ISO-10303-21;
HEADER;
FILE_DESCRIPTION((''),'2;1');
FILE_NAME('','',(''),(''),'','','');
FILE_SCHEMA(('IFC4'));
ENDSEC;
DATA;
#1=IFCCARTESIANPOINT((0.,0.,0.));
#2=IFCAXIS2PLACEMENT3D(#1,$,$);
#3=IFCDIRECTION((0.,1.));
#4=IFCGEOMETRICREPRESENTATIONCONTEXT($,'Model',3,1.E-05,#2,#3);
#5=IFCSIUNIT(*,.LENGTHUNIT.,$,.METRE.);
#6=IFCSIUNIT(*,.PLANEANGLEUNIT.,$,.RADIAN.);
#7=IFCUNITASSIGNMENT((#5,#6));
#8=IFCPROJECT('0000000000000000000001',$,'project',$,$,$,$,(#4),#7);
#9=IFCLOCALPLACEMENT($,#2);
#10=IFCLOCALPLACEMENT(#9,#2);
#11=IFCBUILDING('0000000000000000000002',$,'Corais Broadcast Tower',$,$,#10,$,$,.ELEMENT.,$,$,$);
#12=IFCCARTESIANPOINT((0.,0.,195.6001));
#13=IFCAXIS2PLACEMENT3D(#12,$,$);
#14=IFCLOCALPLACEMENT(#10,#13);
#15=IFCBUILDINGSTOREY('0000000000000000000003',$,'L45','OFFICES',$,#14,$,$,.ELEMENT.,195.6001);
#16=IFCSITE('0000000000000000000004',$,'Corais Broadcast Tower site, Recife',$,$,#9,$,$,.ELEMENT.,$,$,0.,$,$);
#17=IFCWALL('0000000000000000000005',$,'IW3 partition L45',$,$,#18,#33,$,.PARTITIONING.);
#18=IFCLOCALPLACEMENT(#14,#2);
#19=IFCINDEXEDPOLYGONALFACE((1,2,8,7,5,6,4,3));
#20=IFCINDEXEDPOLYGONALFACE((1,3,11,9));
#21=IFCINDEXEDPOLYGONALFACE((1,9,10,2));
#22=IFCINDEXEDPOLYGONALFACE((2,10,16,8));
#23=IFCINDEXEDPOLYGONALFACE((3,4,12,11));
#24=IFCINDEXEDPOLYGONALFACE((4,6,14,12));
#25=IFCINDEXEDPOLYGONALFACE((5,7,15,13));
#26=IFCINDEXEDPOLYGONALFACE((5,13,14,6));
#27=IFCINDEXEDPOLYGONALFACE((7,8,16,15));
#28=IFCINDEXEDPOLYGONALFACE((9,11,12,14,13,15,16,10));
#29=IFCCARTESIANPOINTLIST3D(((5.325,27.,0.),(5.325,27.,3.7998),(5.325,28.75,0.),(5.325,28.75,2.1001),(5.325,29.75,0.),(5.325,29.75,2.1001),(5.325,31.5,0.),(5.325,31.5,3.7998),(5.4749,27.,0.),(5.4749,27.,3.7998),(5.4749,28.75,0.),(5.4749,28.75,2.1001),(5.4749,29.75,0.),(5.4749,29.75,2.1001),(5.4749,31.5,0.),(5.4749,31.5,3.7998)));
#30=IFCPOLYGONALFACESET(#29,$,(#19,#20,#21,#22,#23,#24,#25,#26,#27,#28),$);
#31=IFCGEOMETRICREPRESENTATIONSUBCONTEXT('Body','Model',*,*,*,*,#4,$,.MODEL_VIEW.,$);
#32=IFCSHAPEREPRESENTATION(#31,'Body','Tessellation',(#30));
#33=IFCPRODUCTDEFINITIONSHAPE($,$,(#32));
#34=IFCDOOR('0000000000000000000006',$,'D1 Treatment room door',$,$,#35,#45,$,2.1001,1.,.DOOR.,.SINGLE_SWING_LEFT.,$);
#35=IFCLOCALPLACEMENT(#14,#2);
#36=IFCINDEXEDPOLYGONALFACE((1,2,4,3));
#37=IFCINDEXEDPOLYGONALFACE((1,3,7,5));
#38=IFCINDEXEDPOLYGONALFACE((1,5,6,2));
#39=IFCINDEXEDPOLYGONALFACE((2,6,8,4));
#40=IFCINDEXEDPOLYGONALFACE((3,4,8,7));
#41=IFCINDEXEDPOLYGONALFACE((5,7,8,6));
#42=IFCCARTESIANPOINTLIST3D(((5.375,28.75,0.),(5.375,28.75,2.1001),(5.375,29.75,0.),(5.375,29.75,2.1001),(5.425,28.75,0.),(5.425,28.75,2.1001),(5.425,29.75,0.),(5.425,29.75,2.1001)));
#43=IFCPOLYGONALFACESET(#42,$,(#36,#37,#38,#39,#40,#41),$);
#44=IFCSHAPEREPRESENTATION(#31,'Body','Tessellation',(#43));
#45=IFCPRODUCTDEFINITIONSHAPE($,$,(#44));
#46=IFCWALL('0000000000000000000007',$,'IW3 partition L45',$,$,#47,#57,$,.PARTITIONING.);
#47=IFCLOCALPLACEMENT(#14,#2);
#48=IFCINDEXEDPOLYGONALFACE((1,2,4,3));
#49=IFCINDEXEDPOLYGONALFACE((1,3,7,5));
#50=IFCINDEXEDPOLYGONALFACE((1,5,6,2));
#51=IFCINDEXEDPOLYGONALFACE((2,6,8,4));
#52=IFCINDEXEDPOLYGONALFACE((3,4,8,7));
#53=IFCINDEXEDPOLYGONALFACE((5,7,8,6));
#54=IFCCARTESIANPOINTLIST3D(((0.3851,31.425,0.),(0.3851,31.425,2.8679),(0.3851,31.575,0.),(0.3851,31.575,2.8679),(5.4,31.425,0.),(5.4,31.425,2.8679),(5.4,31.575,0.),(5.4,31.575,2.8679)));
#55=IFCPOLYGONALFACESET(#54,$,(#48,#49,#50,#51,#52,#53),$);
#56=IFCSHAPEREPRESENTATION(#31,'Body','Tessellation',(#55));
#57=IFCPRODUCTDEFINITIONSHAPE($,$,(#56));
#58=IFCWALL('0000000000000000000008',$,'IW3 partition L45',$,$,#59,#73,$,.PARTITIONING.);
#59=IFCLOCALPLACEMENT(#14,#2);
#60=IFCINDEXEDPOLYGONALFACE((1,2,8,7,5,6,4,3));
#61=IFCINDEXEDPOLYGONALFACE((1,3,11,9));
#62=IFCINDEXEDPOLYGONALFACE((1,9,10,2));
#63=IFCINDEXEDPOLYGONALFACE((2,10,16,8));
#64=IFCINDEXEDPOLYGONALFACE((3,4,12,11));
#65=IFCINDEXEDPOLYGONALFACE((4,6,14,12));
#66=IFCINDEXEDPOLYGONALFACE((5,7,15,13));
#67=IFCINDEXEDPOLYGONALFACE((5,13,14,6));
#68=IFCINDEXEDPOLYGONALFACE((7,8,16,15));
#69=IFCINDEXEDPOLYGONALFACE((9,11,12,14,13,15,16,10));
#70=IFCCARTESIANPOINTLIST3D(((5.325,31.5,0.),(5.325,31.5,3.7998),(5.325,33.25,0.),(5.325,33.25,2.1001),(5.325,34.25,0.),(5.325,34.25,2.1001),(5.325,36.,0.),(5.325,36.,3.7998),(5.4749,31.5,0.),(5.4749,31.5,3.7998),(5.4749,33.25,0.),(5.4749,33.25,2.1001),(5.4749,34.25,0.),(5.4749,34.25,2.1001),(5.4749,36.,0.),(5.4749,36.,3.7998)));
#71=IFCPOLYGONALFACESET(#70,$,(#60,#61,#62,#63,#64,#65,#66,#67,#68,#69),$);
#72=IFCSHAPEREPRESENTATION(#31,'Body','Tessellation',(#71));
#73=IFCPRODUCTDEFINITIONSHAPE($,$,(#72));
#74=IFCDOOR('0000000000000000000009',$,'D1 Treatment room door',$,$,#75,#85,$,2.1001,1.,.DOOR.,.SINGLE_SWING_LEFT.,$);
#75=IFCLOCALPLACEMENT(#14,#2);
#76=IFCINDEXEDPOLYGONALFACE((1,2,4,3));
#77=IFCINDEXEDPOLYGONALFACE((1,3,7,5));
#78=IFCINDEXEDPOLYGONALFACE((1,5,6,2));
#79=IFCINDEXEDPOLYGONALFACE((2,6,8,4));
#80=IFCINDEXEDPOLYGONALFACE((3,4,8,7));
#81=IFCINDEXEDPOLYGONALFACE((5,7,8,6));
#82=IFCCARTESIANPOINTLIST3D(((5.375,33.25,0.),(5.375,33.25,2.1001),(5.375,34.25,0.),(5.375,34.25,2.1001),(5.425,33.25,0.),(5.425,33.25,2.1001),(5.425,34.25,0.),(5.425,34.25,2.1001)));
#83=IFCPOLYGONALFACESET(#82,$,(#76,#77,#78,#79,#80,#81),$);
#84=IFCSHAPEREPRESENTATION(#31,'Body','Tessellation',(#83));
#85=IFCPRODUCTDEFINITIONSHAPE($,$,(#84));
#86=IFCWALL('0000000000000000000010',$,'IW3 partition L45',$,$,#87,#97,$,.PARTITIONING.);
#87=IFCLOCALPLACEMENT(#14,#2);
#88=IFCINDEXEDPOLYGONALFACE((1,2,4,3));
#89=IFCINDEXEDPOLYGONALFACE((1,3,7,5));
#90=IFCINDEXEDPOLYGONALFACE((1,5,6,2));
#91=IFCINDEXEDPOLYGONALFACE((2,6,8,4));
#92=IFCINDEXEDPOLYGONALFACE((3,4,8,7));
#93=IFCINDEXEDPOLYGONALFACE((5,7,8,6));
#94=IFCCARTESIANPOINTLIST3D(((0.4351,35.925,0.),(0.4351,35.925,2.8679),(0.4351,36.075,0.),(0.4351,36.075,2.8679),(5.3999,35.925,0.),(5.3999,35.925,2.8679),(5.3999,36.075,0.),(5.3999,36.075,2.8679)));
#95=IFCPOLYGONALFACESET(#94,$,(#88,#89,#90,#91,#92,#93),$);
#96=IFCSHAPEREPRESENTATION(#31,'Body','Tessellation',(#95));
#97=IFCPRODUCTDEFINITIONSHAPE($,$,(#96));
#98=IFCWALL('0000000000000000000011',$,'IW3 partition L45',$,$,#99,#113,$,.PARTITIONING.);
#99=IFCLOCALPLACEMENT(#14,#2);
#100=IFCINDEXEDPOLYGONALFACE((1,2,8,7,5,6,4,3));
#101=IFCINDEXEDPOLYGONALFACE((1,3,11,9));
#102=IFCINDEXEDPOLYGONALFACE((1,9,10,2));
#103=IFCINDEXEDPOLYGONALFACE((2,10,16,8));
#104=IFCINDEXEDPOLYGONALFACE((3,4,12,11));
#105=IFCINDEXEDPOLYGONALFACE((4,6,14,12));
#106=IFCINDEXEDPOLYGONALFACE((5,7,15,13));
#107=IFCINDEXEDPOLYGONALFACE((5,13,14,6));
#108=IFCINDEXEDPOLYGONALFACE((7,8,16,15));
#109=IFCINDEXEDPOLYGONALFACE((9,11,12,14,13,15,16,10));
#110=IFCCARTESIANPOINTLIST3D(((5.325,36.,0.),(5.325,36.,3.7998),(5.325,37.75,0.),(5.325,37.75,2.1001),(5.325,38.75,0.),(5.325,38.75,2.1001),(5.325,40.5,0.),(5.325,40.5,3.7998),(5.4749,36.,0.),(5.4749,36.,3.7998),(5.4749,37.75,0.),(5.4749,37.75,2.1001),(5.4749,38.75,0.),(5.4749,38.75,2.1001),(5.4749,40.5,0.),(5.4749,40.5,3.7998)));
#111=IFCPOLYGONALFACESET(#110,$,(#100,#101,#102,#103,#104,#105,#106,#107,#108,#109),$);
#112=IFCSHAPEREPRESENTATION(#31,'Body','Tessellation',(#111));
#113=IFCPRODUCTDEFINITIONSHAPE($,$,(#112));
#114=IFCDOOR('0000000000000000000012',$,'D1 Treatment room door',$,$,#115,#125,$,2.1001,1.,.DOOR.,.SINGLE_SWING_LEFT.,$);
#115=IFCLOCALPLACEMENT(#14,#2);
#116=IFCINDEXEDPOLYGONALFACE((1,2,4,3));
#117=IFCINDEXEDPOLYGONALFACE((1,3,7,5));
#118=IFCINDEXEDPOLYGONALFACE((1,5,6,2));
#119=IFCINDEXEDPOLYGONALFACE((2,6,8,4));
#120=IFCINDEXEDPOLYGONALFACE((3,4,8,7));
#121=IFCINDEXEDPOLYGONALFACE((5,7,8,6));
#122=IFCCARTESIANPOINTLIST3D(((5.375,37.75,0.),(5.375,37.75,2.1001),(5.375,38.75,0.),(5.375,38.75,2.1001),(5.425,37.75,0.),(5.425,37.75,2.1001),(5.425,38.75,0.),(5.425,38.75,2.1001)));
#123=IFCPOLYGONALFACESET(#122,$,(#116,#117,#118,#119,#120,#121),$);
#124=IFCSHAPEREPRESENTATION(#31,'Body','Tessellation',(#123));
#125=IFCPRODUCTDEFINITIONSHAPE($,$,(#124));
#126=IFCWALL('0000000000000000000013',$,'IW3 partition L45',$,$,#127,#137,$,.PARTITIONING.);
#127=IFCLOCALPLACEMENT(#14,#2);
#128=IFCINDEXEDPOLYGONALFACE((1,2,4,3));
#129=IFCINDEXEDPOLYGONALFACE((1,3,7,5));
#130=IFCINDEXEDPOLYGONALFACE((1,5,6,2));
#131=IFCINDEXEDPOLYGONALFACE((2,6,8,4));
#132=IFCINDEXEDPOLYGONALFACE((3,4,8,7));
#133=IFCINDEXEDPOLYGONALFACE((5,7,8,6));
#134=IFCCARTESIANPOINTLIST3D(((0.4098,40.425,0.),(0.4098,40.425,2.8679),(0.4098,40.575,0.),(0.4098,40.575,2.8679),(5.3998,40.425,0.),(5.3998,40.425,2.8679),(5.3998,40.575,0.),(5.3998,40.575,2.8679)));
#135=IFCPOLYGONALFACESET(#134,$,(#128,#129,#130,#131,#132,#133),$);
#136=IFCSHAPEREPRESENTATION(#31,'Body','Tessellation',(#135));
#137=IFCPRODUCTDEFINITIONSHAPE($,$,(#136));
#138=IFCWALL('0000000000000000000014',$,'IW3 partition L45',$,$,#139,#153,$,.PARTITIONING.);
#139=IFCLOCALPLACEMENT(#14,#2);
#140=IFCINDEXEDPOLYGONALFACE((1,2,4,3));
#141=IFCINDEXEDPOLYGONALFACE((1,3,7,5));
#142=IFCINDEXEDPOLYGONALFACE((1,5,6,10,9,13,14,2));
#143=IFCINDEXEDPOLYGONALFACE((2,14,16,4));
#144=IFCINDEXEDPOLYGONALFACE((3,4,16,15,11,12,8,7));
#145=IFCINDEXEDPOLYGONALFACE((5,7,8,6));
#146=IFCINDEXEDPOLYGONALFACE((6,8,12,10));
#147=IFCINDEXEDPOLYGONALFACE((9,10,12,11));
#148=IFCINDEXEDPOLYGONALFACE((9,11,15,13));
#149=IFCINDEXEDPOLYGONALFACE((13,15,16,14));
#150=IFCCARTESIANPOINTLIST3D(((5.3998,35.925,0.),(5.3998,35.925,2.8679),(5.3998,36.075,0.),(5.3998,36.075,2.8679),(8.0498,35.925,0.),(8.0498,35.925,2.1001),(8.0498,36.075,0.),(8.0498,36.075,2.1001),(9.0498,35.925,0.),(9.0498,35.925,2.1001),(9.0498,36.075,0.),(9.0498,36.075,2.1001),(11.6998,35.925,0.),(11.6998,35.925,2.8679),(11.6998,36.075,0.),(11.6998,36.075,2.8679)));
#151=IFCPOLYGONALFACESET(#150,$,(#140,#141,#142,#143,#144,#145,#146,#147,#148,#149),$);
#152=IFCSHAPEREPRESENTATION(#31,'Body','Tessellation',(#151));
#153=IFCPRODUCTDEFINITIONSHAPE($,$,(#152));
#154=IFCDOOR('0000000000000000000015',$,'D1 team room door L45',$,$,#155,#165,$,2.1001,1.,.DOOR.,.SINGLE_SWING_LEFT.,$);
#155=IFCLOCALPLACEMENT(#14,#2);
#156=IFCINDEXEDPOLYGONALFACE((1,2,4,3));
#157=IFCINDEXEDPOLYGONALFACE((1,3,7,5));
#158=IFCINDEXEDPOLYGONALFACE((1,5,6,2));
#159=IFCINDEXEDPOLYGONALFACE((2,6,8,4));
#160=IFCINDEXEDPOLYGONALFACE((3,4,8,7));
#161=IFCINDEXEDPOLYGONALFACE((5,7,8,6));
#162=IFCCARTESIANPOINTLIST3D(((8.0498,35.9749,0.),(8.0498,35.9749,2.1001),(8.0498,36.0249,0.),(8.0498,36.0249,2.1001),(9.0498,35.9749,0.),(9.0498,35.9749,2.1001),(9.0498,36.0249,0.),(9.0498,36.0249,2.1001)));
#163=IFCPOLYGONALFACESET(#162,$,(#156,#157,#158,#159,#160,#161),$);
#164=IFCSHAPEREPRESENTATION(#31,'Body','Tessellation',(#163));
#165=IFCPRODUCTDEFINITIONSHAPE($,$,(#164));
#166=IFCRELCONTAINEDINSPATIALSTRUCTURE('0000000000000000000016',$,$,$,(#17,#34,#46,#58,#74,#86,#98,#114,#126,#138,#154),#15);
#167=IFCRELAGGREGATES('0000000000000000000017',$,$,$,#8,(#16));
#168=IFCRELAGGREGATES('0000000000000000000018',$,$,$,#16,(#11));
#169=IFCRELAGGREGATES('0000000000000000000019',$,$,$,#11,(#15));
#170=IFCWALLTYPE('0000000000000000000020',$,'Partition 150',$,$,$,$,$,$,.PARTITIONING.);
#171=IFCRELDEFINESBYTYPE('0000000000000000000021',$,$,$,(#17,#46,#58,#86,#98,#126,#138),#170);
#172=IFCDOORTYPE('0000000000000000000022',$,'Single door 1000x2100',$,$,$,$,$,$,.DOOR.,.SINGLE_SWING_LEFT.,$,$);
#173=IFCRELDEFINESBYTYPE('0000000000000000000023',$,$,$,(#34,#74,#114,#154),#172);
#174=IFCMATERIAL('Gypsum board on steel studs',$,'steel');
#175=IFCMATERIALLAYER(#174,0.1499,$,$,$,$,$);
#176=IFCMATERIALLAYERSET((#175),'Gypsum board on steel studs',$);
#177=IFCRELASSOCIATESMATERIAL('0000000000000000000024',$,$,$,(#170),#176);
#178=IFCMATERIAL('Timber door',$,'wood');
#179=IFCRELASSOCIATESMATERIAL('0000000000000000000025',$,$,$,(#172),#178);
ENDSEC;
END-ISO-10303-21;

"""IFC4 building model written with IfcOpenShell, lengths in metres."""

from ifc_helpers import new_model, si_unit, direction, frame, frame_2d, origin, place, context, subcontext, project, spatial, rectangle, extrude, material, layer, layer_set, type_object, element, fill, save


model = new_model("IFC4")

# Units and contexts
model_context = context("Model", 3, precision=1e-05, world=origin(), true_north=direction((0.0, 1.0)))
body_context = subcontext(model_context, "Body", "Model", "MODEL_VIEW")
ifc_project = project(units=[si_unit("LENGTHUNIT", "METRE"), si_unit("PLANEANGLEUNIT", "RADIAN")], contexts=[model_context])

# Site, building, storey
site_placement = place(None, origin())
site = spatial("IfcSite", under=ifc_project, at=site_placement, Name="Corais Broadcast Tower site, Recife", CompositionType="ELEMENT", RefElevation=0.0)
building_placement = place(site_placement, origin())
building = spatial("IfcBuilding", under=site, at=building_placement, Name="Corais Broadcast Tower", CompositionType="ELEMENT")
storey_placement = place(building_placement, frame((0.0, 0.0, 195.6001)))
storey = spatial("IfcBuildingStorey", under=building, at=storey_placement, Name="L45", Description="OFFICES", CompositionType="ELEMENT", Elevation=195.6001)

# Shared definitions
ifc_material_1 = material(Name="Gypsum board on steel studs", Category="steel")
ifc_layer_1 = layer(ifc_material_1, 0.1499)
ifc_layer_set_1 = layer_set([ifc_layer_1], Name="Gypsum board on steel studs")
wall_type_1 = type_object("IfcWallType", Name="Partition 150", PredefinedType="PARTITIONING", material=ifc_layer_set_1)
ifc_material_2 = material(Name="Timber door", Category="wood")
door_type_1 = type_object("IfcDoorType", Name="Single door 1000x2100", OperationType="SINGLE_SWING_LEFT", PredefinedType="DOOR", material=ifc_material_2)

# Wall, opening, door
wall_1_placement = place(storey_placement, frame((5.3999, 27.0, 0.0), z_axis=(0.0, 0.0, 1.0), x_axis=(0.0, 1.0, 0.0)))
wall_1 = element("IfcWall", 1, at=wall_1_placement, inside=storey, type_object=wall_type_1, Name="IW3 partition L45", PredefinedType="PARTITIONING", context=body_context, shape_type="SweptSolid", body=[
    extrude(rectangle(XDim=4.5, YDim=0.1499, at=frame_2d((2.25, 0.0))), origin(), (0.0, 0.0, 1.0), 3.7998),
])
opening_1_placement = place(wall_1_placement, frame((1.75, 0.0, 0.0)))
opening_1 = element("IfcOpeningElement", 2, at=opening_1_placement, cuts=wall_1, PredefinedType="OPENING", context=body_context, shape_type="SweptSolid", body=[
    extrude(rectangle(XDim=1.0, YDim=2.1001, at=frame_2d((0.5, 1.05))), frame((0.0, 0.085, 0.0), z_axis=(0.0, -1.0, 0.0), x_axis=(1.0, 0.0, 0.0)), (0.0, 0.0, 1.0), 0.1699),
])
door_1_placement = place(opening_1_placement, origin())
door_1 = element("IfcDoor", 3, at=door_1_placement, inside=storey, type_object=door_type_1, Name="D1 Treatment room door", OperationType="SINGLE_SWING_LEFT", OverallHeight=2.1001, OverallWidth=1.0, PredefinedType="DOOR", context=body_context, shape_type="SweptSolid", body=[
    extrude(rectangle(XDim=1.0, YDim=2.1001, at=frame_2d((0.5, 1.05))), frame((0.0, 0.0249, 0.0), z_axis=(0.0, -1.0, 0.0), x_axis=(1.0, 0.0, 0.0)), (0.0, 0.0, 1.0), 0.05),
])
fill(opening_1, door_1)

# Wall
wall_2_placement = place(storey_placement, frame((5.3999, 31.5, 0.0), z_axis=(0.0, 0.0, 1.0), x_axis=(-1.0, 0.0, 0.0)))
element("IfcWall", 4, at=wall_2_placement, inside=storey, type_object=wall_type_1, Name="IW3 partition L45", PredefinedType="PARTITIONING", context=body_context, shape_type="SweptSolid", body=[
    extrude(rectangle(XDim=5.0149, YDim=0.1499, at=frame_2d((2.5073, 0.0))), origin(), (0.0, 0.0, 1.0), 2.8679),
])

# Wall, opening, door
wall_3_placement = place(storey_placement, frame((5.3999, 31.5, 0.0), z_axis=(0.0, 0.0, 1.0), x_axis=(0.0, 1.0, 0.0)))
wall_3 = element("IfcWall", 5, at=wall_3_placement, inside=storey, type_object=wall_type_1, Name="IW3 partition L45", PredefinedType="PARTITIONING", context=body_context, shape_type="SweptSolid", body=[
    extrude(rectangle(XDim=4.5, YDim=0.1499, at=frame_2d((2.25, 0.0))), origin(), (0.0, 0.0, 1.0), 3.7998),
])
opening_2_placement = place(wall_3_placement, frame((1.75, 0.0, 0.0)))
opening_2 = element("IfcOpeningElement", 6, at=opening_2_placement, cuts=wall_3, PredefinedType="OPENING", context=body_context, shape_type="SweptSolid", body=[
    extrude(rectangle(XDim=1.0, YDim=2.1001, at=frame_2d((0.5, 1.05))), frame((0.0, 0.085, 0.0), z_axis=(0.0, -1.0, 0.0), x_axis=(1.0, 0.0, 0.0)), (0.0, 0.0, 1.0), 0.1699),
])
door_2_placement = place(opening_2_placement, origin())
door_2 = element("IfcDoor", 7, at=door_2_placement, inside=storey, type_object=door_type_1, Name="D1 Treatment room door", OperationType="SINGLE_SWING_LEFT", OverallHeight=2.1001, OverallWidth=1.0, PredefinedType="DOOR", context=body_context, shape_type="SweptSolid", body=[
    extrude(rectangle(XDim=1.0, YDim=2.1001, at=frame_2d((0.5, 1.05))), frame((0.0, 0.0249, 0.0), z_axis=(0.0, -1.0, 0.0), x_axis=(1.0, 0.0, 0.0)), (0.0, 0.0, 1.0), 0.05),
])
fill(opening_2, door_2)

# Wall
wall_4_placement = place(storey_placement, frame((5.3999, 36.0, 0.0), z_axis=(0.0, 0.0, 1.0), x_axis=(-1.0, 0.0, 0.0)))
element("IfcWall", 8, at=wall_4_placement, inside=storey, type_object=wall_type_1, Name="IW3 partition L45", PredefinedType="PARTITIONING", context=body_context, shape_type="SweptSolid", body=[
    extrude(rectangle(XDim=4.9648, YDim=0.1499, at=frame_2d((2.4824, 0.0))), origin(), (0.0, 0.0, 1.0), 2.8679),
])

# Wall, opening, door
wall_5_placement = place(storey_placement, frame((5.3999, 36.0, 0.0), z_axis=(0.0, 0.0, 1.0), x_axis=(0.0, 1.0, 0.0)))
wall_5 = element("IfcWall", 9, at=wall_5_placement, inside=storey, type_object=wall_type_1, Name="IW3 partition L45", PredefinedType="PARTITIONING", context=body_context, shape_type="SweptSolid", body=[
    extrude(rectangle(XDim=4.5, YDim=0.1499, at=frame_2d((2.25, 0.0))), origin(), (0.0, 0.0, 1.0), 3.7998),
])
opening_3_placement = place(wall_5_placement, frame((1.75, 0.0, 0.0)))
opening_3 = element("IfcOpeningElement", 10, at=opening_3_placement, cuts=wall_5, PredefinedType="OPENING", context=body_context, shape_type="SweptSolid", body=[
    extrude(rectangle(XDim=1.0, YDim=2.1001, at=frame_2d((0.5, 1.05))), frame((0.0, 0.085, 0.0), z_axis=(0.0, -1.0, 0.0), x_axis=(1.0, 0.0, 0.0)), (0.0, 0.0, 1.0), 0.1699),
])
door_3_placement = place(opening_3_placement, origin())
door_3 = element("IfcDoor", 11, at=door_3_placement, inside=storey, type_object=door_type_1, Name="D1 Treatment room door", OperationType="SINGLE_SWING_LEFT", OverallHeight=2.1001, OverallWidth=1.0, PredefinedType="DOOR", context=body_context, shape_type="SweptSolid", body=[
    extrude(rectangle(XDim=1.0, YDim=2.1001, at=frame_2d((0.5, 1.05))), frame((0.0, 0.0249, 0.0), z_axis=(0.0, -1.0, 0.0), x_axis=(1.0, 0.0, 0.0)), (0.0, 0.0, 1.0), 0.05),
])
fill(opening_3, door_3)

# Wall
wall_6_placement = place(storey_placement, frame((5.3999, 40.5, 0.0), z_axis=(0.0, 0.0, 1.0), x_axis=(-1.0, 0.0, 0.0)))
element("IfcWall", 12, at=wall_6_placement, inside=storey, type_object=wall_type_1, Name="IW3 partition L45", PredefinedType="PARTITIONING", context=body_context, shape_type="SweptSolid", body=[
    extrude(rectangle(XDim=4.99, YDim=0.1499, at=frame_2d((2.4951, 0.0))), origin(), (0.0, 0.0, 1.0), 2.8679),
])

# Wall, opening, door
wall_7_placement = place(storey_placement, frame((5.3999, 36.0, 0.0), z_axis=(0.0, 0.0, 1.0), x_axis=(1.0, 0.0, 0.0)))
wall_7 = element("IfcWall", 13, at=wall_7_placement, inside=storey, type_object=wall_type_1, Name="IW3 partition L45", PredefinedType="PARTITIONING", context=body_context, shape_type="SweptSolid", body=[
    extrude(rectangle(XDim=6.3, YDim=0.1499, at=frame_2d((3.1499, 0.0))), origin(), (0.0, 0.0, 1.0), 2.8679),
])
opening_4_placement = place(wall_7_placement, frame((2.6499, 0.0, 0.0)))
opening_4 = element("IfcOpeningElement", 14, at=opening_4_placement, cuts=wall_7, PredefinedType="OPENING", context=body_context, shape_type="SweptSolid", body=[
    extrude(rectangle(XDim=1.0, YDim=2.1001, at=frame_2d((0.5, 1.05))), frame((0.0, 0.085, 0.0), z_axis=(0.0, -1.0, 0.0), x_axis=(1.0, 0.0, 0.0)), (0.0, 0.0, 1.0), 0.1699),
])
door_4_placement = place(opening_4_placement, origin())
door_4 = element("IfcDoor", 15, at=door_4_placement, inside=storey, type_object=door_type_1, Name="D1 team room door L45", OperationType="SINGLE_SWING_LEFT", OverallHeight=2.1001, OverallWidth=1.0, PredefinedType="DOOR", context=body_context, shape_type="SweptSolid", body=[
    extrude(rectangle(XDim=1.0, YDim=2.1001, at=frame_2d((0.5, 1.05))), frame((0.0, 0.0249, 0.0), z_axis=(0.0, -1.0, 0.0), x_axis=(1.0, 0.0, 0.0)), (0.0, 0.0, 1.0), 0.05),
])
fill(opening_4, door_4)

save(model, "model.ifc")
